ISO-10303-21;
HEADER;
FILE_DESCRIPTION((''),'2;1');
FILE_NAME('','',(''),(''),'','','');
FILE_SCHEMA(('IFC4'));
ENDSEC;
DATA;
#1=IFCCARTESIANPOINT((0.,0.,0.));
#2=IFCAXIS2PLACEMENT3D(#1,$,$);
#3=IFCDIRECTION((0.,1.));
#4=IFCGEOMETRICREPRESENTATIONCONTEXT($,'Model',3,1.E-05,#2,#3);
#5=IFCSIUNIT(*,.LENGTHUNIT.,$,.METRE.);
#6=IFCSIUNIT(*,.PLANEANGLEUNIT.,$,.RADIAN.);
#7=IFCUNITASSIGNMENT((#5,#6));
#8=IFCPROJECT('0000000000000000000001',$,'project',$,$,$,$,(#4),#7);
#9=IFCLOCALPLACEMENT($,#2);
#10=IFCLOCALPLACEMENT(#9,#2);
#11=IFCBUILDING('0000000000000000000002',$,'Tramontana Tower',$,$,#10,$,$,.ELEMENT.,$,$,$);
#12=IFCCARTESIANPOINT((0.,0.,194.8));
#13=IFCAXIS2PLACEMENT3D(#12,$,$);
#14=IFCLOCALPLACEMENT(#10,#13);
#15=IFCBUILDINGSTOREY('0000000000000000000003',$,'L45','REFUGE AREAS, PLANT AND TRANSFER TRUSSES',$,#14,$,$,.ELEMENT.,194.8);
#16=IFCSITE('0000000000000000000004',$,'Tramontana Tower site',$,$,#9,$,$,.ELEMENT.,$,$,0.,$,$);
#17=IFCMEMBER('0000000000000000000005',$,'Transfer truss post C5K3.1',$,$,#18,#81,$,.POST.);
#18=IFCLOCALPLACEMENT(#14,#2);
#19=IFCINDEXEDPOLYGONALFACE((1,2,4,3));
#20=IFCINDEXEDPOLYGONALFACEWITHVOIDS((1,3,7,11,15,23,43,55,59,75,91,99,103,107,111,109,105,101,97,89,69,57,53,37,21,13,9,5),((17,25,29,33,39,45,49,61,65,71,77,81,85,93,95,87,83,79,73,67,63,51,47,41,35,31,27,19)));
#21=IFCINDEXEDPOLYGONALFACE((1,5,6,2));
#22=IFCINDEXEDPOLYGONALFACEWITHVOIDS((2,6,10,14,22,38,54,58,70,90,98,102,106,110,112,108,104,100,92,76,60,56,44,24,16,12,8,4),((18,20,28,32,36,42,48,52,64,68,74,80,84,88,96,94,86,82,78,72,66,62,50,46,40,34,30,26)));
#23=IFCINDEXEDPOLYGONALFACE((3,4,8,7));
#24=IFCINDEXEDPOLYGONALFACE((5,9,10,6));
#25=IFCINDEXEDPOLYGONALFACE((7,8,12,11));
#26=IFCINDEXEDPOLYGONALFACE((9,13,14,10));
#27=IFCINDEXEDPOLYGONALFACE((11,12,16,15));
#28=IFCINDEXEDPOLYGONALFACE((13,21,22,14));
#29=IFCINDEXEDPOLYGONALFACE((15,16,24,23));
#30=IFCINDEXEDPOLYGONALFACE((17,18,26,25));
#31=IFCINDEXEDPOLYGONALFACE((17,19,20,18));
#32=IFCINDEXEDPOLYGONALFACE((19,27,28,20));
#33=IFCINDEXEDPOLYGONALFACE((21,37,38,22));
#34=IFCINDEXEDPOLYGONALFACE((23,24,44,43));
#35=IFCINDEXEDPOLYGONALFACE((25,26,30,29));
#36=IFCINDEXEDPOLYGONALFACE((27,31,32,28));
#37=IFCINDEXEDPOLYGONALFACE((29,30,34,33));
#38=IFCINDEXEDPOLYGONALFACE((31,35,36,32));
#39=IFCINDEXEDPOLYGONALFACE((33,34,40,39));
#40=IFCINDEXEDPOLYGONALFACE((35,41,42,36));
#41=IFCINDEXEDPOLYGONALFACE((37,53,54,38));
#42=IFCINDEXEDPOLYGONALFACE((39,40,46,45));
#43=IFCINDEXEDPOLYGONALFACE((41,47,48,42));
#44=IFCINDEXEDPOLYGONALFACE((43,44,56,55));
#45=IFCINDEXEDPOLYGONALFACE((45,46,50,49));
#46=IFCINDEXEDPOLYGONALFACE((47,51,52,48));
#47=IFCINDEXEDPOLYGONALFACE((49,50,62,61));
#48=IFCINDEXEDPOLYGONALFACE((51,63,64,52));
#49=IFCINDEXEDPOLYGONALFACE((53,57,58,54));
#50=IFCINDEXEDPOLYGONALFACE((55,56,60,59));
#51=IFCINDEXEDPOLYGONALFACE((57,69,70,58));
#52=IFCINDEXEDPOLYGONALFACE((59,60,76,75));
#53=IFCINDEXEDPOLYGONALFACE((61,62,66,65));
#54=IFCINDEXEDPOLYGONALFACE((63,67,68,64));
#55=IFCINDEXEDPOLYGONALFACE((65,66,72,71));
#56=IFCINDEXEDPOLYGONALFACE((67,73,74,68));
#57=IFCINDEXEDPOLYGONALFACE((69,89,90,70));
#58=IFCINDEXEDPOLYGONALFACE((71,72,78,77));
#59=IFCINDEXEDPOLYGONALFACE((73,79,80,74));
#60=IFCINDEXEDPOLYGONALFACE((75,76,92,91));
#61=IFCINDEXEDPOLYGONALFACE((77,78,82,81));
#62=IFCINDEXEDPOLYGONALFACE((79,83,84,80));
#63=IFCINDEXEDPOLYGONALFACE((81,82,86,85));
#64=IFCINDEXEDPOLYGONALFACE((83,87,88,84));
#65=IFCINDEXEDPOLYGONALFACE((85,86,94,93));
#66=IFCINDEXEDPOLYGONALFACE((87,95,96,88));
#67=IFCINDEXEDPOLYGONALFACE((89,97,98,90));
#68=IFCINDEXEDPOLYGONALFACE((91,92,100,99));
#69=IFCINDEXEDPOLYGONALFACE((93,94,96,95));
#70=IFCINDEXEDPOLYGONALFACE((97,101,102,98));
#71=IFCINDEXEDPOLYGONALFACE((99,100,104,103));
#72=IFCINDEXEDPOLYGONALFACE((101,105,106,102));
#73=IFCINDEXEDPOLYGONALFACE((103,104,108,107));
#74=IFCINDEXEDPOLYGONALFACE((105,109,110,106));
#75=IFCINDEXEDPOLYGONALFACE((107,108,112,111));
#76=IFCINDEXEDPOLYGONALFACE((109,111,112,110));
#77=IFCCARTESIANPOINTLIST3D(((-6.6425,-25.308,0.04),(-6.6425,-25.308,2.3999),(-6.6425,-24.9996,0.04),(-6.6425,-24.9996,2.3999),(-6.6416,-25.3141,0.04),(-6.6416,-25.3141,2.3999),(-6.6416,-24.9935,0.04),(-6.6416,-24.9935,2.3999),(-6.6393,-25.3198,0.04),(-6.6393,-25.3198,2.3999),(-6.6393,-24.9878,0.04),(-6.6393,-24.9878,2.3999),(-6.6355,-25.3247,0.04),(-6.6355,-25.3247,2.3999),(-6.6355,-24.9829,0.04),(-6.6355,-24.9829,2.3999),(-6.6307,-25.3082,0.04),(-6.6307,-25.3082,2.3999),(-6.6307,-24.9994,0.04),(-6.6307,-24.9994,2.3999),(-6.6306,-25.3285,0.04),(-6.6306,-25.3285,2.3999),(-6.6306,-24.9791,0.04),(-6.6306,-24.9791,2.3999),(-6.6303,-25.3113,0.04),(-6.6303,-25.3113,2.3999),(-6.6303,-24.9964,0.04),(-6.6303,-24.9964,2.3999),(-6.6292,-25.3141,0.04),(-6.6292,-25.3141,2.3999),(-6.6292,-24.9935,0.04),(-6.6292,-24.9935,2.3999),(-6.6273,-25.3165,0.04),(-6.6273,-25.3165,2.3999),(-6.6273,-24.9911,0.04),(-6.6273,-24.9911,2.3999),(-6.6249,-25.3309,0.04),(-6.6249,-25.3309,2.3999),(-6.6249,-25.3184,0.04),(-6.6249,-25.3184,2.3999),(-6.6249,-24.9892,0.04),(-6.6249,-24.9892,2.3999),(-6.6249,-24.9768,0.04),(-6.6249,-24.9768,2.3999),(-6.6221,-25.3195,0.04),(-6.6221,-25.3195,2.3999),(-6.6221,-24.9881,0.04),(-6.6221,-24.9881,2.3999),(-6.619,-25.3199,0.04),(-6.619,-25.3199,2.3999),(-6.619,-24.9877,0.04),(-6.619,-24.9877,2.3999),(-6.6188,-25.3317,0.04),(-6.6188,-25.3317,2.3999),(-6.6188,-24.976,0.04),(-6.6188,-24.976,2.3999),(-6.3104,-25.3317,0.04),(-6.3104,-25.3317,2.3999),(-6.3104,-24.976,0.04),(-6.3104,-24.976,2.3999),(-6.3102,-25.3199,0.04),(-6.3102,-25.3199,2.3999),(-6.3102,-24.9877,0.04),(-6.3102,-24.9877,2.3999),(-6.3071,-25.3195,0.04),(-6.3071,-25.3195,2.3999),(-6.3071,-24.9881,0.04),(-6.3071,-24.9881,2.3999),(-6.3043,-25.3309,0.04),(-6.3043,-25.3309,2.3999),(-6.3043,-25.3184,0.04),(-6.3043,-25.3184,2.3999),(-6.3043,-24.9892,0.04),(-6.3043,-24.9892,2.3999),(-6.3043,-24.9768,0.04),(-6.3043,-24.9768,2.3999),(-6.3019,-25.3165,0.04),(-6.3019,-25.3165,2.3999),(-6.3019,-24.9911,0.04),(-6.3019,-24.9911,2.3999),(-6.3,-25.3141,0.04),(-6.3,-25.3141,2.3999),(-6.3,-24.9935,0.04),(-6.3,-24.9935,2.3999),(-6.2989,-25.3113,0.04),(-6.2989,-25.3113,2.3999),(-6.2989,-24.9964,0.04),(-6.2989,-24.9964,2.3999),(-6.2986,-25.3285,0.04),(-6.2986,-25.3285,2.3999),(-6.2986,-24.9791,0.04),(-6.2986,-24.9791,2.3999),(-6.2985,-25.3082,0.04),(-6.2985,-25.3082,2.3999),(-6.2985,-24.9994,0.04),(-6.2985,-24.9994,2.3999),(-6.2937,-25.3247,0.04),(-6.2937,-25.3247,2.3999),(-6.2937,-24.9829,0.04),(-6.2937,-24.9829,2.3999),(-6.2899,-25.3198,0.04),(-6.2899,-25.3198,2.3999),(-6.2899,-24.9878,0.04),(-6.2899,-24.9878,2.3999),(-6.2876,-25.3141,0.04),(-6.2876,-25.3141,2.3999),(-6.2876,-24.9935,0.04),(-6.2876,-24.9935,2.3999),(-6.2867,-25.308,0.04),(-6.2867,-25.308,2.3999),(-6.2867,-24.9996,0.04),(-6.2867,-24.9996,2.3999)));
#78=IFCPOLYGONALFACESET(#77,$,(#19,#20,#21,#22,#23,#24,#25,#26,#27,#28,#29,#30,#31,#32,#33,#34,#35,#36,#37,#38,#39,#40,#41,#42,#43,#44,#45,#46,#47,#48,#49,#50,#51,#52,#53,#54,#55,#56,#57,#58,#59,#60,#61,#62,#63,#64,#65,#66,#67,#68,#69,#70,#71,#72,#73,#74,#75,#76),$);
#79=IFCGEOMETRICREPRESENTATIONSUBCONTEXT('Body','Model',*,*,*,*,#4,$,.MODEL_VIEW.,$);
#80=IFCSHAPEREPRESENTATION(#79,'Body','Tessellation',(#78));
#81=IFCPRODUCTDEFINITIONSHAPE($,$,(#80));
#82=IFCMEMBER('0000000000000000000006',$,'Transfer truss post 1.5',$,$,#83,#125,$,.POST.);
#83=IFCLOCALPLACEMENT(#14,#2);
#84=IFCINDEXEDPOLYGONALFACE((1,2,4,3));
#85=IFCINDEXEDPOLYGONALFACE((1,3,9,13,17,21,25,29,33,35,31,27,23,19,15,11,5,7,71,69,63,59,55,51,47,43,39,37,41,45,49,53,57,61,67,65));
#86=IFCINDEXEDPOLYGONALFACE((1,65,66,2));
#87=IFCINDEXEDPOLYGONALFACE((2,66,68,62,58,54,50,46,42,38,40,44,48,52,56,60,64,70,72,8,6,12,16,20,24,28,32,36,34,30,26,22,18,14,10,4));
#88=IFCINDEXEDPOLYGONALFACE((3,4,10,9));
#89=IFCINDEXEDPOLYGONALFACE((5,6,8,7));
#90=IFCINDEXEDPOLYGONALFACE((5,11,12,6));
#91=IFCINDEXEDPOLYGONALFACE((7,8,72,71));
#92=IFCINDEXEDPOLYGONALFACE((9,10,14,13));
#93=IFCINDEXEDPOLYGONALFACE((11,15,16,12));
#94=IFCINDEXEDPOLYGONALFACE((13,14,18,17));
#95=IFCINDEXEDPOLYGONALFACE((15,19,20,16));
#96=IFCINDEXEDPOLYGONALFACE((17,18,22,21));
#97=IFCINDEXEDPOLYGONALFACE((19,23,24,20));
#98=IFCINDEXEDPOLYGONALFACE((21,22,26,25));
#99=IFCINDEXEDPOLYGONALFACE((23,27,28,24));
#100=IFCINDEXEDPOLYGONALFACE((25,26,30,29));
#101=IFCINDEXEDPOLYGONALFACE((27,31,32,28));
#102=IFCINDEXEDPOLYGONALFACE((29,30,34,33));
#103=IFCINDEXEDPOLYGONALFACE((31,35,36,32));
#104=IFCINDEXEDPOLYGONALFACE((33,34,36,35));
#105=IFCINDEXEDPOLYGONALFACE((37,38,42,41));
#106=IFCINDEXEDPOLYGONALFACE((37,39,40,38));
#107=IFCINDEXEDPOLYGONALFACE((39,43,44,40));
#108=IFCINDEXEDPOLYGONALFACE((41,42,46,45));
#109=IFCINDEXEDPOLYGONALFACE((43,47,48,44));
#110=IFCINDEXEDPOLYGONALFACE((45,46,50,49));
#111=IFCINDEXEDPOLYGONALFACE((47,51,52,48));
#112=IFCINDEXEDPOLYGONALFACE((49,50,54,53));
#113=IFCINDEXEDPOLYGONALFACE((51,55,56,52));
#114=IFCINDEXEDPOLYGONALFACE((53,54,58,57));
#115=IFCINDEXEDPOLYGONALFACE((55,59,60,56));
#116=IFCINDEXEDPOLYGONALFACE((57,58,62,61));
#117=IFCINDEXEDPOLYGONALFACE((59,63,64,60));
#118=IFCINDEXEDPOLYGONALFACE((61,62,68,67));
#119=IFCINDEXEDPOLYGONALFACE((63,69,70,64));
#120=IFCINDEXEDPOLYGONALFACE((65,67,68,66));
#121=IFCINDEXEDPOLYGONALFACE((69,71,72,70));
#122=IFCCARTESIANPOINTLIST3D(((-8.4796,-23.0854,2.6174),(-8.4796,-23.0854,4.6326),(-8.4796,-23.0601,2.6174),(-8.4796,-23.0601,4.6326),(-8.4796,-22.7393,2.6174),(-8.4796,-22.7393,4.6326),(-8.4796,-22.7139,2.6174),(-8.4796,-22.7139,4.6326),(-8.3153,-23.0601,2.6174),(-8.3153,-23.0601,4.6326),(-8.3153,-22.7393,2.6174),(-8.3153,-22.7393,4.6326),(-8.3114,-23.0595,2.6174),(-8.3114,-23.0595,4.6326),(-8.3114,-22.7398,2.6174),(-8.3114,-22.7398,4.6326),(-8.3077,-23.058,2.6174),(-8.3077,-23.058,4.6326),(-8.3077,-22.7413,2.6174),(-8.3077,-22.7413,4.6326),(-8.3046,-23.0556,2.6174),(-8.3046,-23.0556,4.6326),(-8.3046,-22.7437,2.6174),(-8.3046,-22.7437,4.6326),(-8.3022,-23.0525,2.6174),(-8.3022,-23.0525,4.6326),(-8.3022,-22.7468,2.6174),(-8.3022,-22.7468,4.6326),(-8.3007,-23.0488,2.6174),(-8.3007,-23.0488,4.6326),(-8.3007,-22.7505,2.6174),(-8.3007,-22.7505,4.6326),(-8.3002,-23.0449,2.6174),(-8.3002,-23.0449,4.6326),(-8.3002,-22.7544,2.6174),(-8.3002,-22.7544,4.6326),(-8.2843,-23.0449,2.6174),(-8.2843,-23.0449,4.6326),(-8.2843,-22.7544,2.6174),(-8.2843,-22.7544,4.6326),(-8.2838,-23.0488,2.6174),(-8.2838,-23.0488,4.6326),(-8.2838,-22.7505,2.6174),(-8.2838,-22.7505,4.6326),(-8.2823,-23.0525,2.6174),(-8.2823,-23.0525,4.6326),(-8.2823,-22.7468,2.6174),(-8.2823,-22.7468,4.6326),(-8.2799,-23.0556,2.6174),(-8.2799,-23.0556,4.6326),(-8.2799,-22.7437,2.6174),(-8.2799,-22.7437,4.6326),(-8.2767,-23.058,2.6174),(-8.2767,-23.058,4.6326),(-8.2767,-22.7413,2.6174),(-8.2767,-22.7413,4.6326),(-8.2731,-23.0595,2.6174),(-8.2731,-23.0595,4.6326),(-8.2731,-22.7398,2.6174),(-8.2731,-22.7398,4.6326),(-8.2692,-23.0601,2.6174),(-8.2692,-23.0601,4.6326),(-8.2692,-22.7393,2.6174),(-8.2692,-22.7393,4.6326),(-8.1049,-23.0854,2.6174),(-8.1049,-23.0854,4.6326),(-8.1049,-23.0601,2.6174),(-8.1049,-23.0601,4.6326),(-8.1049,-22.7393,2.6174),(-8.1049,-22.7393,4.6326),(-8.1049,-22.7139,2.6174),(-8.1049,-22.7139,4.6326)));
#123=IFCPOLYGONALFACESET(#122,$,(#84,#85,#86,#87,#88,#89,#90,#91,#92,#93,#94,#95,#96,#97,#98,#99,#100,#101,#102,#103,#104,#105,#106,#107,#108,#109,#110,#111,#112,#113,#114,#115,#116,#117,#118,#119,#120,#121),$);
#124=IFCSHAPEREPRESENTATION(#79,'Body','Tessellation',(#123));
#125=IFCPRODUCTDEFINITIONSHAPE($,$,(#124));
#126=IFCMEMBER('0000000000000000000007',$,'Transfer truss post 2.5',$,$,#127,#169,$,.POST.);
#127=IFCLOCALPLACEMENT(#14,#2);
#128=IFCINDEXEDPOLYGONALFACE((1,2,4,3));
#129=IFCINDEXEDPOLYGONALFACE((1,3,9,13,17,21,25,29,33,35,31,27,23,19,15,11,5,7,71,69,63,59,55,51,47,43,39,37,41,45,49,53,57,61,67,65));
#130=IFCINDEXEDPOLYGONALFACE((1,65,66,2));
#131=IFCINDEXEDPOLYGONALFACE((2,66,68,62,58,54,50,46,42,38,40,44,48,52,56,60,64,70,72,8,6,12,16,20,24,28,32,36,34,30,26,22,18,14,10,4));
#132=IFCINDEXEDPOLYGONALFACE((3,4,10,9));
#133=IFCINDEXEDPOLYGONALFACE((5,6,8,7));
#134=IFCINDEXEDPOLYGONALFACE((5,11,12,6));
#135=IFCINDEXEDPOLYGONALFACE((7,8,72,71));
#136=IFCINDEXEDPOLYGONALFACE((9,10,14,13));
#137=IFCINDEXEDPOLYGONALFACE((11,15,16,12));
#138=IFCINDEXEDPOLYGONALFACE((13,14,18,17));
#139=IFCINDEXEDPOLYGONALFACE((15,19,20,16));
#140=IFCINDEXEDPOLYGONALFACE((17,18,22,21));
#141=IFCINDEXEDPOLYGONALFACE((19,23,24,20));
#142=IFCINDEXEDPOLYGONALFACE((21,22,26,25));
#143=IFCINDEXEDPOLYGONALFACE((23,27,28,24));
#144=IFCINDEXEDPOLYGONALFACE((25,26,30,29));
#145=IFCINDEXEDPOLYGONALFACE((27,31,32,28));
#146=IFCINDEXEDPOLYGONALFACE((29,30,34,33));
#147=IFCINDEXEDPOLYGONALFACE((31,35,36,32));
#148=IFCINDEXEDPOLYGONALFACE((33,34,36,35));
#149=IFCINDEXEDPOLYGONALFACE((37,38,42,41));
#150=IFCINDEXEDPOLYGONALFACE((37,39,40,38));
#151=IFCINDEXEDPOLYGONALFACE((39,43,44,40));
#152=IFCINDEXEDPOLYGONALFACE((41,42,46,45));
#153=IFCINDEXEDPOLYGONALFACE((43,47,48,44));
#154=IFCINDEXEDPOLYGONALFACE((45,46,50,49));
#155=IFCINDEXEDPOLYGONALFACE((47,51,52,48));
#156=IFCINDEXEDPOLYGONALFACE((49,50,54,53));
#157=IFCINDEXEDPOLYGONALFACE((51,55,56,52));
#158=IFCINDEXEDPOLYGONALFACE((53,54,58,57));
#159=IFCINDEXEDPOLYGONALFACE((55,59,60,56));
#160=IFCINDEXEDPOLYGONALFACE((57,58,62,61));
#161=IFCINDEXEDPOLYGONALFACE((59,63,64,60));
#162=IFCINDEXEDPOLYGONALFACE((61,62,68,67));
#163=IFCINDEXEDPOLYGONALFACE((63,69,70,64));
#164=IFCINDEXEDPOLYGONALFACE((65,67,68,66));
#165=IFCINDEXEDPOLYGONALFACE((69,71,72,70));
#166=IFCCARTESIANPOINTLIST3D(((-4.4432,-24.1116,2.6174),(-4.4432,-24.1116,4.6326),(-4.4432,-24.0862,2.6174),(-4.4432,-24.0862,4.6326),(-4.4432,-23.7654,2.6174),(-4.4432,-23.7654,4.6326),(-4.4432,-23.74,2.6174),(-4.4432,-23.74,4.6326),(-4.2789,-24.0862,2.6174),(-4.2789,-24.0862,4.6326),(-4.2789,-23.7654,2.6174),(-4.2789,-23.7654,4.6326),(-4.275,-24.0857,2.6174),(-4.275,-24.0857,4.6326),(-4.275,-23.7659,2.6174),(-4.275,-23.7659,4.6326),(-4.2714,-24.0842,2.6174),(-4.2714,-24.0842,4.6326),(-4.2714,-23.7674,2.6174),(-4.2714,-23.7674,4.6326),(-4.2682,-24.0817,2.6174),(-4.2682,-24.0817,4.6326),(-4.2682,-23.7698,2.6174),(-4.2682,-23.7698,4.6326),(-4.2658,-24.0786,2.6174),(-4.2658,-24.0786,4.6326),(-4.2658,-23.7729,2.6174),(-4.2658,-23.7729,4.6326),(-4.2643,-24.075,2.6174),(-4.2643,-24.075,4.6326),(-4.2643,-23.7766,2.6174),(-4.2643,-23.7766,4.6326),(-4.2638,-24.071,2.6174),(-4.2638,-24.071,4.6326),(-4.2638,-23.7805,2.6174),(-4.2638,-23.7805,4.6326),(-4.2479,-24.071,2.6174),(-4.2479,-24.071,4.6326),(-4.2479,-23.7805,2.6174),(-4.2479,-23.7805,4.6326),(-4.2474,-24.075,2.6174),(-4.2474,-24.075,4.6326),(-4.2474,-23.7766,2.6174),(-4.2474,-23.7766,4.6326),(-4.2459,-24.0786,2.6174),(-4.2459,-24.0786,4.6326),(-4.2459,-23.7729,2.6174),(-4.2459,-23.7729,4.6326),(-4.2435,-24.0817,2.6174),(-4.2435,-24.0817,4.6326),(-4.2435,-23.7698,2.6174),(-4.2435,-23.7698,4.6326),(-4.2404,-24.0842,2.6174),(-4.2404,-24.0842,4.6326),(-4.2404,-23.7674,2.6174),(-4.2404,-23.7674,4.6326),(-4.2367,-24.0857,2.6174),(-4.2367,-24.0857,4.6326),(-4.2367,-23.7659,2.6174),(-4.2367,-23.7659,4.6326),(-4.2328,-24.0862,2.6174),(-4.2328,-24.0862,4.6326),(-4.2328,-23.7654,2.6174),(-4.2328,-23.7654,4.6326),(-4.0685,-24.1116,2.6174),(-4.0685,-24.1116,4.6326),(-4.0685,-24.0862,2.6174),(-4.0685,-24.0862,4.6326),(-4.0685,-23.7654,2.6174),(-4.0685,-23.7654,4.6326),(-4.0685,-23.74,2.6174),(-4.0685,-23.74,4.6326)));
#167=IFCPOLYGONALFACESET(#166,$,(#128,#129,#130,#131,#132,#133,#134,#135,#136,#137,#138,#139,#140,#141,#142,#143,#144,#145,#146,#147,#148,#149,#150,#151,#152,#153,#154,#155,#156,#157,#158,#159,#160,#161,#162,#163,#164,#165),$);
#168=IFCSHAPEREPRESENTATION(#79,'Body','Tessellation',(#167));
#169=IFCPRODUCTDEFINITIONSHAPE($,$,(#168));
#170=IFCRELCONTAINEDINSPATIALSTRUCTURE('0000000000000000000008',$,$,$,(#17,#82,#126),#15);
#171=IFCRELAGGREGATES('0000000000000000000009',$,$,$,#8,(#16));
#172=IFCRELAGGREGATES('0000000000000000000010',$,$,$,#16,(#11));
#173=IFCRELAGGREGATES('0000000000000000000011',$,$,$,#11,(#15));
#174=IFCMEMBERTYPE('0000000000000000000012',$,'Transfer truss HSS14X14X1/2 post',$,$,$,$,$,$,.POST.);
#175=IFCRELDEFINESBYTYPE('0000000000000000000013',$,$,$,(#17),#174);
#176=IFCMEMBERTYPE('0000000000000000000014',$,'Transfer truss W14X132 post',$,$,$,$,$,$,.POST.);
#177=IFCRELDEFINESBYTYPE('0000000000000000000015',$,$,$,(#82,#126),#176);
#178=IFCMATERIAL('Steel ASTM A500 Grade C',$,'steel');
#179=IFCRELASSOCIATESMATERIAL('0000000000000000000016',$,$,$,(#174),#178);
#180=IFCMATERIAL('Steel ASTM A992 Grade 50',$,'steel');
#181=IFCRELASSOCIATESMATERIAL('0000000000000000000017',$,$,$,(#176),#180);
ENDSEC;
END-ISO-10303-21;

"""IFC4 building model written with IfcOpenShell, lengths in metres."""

from ifc_helpers import new_model, si_unit, direction, frame, origin, origin_2d, place, context, subcontext, project, spatial, hollow_rectangle, i_section, extrude, material, material_profile, profile_set, type_object, element, save


model = new_model("IFC4")

# Units and contexts
model_context = context("Model", 3, precision=1e-05, world=origin(), true_north=direction((0.0, 1.0)))
body_context = subcontext(model_context, "Body", "Model", "MODEL_VIEW")
ifc_project = project(units=[si_unit("LENGTHUNIT", "METRE"), si_unit("PLANEANGLEUNIT", "RADIAN")], contexts=[model_context])

# Site, building, storey
site_placement = place(None, origin())
site = spatial("IfcSite", under=ifc_project, at=site_placement, Name="Tramontana Tower site", CompositionType="ELEMENT", RefElevation=0.0)
building_placement = place(site_placement, origin())
building = spatial("IfcBuilding", under=site, at=building_placement, Name="Tramontana Tower", CompositionType="ELEMENT")
storey_placement = place(building_placement, frame((0.0, 0.0, 194.8)))
storey = spatial("IfcBuildingStorey", under=building, at=storey_placement, Name="L45", Description="REFUGE AREAS, PLANT AND TRANSFER TRUSSES", CompositionType="ELEMENT", Elevation=194.8)

# Members
ifc_material_1 = material(Name="Steel ASTM A500 Grade C", Category="steel")
ifc_material_profile_1 = material_profile(ifc_material_1, hollow_rectangle(XDim=0.3557, YDim=0.3557, WallThickness=0.0117, InnerFilletRadius=0.0117, OuterFilletRadius=0.0237, at=origin_2d()), Name="HSS14X14X1/2")
ifc_profile_set_1 = profile_set([ifc_material_profile_1], Name="Steel ASTM A500 Grade C")
member_type_1 = type_object("IfcMemberType", Name="Transfer truss HSS14X14X1/2 post", PredefinedType="POST", material=ifc_profile_set_1)
member_1_placement = place(storey_placement, frame((-6.4646, -25.1538, 0.04), z_axis=(0.0, 0.0, 1.0), x_axis=(1.0, 0.0, 0.0)))
element("IfcMember", 1, at=member_1_placement, inside=storey, type_object=member_type_1, Name="Transfer truss post C5K3.1", PredefinedType="POST", context=body_context, shape_type="SweptSolid", body=[
    extrude(hollow_rectangle(XDim=0.3557, YDim=0.3557, WallThickness=0.0117, InnerFilletRadius=0.0117, OuterFilletRadius=0.0237, at=origin_2d()), origin(), (0.0, 0.0, 1.0), 2.3599),
])
ifc_material_2 = material(Name="Steel ASTM A992 Grade 50", Category="steel")
ifc_material_profile_2 = material_profile(ifc_material_2, i_section(OverallWidth=0.3748, OverallDepth=0.3716, WebThickness=0.0159, FlangeThickness=0.0254, FilletRadius=0.0151, at=origin_2d()), Name="W14X132")
ifc_profile_set_2 = profile_set([ifc_material_profile_2], Name="Steel ASTM A992 Grade 50")
member_type_2 = type_object("IfcMemberType", Name="Transfer truss W14X132 post", PredefinedType="POST", material=ifc_profile_set_2)
for number, where, z_axis, x_axis, name in (
    (2, (-8.2922, -22.8997, 2.6174), (0.0, 0.0, 1.0), (1.0, 0.0, 0.0), "Transfer truss post 1.5"),
    (3, (-4.2559, -23.9258, 2.6174), (0.0, 0.0, 1.0), (1.0, 0.0, 0.0), "Transfer truss post 2.5"),
):
    element("IfcMember", number, at=place(storey_placement, frame(where, z_axis=z_axis, x_axis=x_axis)), inside=storey, type_object=member_type_2, Name=name, PredefinedType="POST", context=body_context, shape_type="SweptSolid", body=[
        extrude(i_section(OverallWidth=0.3748, OverallDepth=0.3716, WebThickness=0.0159, FlangeThickness=0.0254, FilletRadius=0.0151, at=origin_2d()), origin(), (0.0, 0.0, 1.0), 2.0151),
    ])

save(model, "model.ifc")
